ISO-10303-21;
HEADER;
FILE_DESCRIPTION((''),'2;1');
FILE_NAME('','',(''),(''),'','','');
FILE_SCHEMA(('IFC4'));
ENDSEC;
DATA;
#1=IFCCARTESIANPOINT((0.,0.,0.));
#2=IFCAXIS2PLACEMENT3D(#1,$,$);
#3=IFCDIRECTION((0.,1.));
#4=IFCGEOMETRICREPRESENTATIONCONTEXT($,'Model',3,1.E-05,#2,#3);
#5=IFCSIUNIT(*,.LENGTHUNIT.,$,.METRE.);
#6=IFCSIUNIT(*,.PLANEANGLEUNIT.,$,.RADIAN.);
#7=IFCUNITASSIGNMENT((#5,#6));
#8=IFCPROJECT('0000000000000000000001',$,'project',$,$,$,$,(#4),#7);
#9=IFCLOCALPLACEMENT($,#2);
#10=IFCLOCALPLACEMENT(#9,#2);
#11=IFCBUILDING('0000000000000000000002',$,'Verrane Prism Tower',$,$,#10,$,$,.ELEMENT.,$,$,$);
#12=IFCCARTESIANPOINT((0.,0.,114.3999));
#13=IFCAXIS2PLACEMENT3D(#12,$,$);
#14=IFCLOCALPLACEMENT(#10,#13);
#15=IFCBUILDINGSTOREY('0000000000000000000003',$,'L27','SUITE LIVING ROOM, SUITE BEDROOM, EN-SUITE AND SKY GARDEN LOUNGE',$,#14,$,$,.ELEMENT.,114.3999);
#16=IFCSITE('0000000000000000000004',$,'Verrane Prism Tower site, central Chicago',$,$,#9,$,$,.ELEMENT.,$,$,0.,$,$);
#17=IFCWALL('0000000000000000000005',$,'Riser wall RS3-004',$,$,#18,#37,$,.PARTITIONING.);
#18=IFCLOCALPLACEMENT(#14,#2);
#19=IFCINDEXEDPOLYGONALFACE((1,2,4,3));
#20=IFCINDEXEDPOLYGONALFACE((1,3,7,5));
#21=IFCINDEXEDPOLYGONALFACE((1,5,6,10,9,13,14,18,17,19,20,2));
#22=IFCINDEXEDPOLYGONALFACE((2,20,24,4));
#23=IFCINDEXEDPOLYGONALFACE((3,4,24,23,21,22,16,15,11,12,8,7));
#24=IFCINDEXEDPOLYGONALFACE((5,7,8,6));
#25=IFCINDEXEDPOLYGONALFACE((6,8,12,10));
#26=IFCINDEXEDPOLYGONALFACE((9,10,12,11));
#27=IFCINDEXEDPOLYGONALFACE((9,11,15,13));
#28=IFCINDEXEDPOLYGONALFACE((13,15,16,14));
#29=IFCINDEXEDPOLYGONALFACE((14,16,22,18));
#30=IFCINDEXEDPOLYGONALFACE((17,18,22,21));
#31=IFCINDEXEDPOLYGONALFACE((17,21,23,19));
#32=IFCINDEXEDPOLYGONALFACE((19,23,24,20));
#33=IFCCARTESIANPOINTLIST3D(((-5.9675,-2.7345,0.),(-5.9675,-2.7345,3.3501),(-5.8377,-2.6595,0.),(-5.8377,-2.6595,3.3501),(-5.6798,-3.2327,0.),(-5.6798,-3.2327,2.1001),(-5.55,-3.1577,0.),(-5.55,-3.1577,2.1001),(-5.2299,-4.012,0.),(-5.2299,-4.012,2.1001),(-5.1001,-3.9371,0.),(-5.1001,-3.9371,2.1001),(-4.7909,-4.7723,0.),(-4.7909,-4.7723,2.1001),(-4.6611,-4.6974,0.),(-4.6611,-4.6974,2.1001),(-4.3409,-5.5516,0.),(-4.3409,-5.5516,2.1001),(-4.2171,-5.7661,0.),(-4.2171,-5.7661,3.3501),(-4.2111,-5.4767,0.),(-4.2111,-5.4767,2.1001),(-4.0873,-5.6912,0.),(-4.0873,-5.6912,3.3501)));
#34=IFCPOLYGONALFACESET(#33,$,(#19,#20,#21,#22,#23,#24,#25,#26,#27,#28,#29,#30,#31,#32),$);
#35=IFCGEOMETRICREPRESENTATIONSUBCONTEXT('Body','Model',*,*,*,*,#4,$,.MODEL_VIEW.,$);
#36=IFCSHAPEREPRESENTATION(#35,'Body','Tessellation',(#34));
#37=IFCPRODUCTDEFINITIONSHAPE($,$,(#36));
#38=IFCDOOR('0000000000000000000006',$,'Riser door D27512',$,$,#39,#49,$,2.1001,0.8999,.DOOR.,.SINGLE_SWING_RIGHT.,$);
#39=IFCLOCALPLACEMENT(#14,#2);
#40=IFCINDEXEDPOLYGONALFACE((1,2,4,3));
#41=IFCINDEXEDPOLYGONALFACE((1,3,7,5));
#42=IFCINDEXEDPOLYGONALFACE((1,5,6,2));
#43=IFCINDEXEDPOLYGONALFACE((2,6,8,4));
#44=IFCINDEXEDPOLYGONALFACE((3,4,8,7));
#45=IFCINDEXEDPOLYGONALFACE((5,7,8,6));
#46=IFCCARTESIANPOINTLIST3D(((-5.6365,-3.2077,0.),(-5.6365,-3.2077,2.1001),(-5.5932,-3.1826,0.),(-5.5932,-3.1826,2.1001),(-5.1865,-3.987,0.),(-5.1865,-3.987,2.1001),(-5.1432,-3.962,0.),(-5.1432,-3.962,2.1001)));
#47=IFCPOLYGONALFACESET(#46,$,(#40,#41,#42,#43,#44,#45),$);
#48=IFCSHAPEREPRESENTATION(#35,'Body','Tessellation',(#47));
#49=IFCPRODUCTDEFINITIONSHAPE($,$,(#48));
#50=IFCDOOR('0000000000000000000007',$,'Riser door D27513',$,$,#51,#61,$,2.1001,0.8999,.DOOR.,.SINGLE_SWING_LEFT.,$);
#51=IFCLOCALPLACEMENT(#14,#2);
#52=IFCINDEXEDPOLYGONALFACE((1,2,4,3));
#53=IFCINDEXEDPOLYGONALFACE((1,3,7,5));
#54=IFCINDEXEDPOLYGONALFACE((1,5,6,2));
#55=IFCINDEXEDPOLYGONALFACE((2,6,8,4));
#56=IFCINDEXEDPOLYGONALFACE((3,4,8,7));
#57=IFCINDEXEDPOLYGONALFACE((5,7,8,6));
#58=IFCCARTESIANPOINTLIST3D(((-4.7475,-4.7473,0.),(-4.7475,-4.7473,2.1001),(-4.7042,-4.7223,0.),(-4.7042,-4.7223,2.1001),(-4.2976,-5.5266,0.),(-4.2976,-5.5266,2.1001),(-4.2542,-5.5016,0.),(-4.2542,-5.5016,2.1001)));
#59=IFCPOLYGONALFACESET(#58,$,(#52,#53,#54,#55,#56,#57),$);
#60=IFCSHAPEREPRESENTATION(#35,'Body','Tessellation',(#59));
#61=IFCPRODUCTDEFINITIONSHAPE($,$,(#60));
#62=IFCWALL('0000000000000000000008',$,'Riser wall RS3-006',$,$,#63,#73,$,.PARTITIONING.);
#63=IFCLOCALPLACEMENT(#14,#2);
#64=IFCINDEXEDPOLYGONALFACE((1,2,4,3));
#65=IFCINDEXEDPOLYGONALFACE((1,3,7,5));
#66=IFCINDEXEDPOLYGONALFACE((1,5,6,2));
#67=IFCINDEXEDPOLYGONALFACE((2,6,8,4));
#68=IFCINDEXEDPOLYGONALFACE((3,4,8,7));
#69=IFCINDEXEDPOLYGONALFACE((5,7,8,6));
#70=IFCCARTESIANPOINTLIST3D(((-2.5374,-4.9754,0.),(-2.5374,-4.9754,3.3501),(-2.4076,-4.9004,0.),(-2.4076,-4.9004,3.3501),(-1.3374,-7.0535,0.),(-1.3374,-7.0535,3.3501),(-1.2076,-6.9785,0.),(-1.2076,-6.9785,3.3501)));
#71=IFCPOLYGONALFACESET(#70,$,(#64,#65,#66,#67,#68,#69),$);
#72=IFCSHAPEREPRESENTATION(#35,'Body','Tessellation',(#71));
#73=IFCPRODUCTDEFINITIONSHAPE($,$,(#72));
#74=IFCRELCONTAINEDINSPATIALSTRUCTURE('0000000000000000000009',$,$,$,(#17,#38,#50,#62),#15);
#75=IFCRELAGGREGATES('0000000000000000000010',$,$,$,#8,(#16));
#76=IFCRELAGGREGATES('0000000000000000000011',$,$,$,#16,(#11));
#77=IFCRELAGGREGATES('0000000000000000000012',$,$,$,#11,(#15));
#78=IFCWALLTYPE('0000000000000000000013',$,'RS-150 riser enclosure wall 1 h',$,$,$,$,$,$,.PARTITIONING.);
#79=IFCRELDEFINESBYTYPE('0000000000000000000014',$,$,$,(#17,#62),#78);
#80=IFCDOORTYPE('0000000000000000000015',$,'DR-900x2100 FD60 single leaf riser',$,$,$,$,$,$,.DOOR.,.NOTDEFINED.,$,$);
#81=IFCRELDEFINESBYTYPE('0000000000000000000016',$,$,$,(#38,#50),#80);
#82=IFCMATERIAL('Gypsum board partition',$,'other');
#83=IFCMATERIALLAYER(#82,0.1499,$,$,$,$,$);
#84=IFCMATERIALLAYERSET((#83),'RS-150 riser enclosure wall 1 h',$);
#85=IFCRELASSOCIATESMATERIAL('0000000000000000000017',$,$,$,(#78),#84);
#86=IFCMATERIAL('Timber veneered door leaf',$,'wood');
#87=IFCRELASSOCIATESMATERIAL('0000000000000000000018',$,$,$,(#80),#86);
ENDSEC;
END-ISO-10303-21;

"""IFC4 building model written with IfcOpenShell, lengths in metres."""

from ifc_helpers import new_model, si_unit, direction, frame, frame_2d, origin, place, context, subcontext, project, spatial, rectangle, extrude, material, layer, layer_set, type_object, element, fill, save


model = new_model("IFC4")

# Units and contexts
model_context = context("Model", 3, precision=1e-05, world=origin(), true_north=direction((0.0, 1.0)))
body_context = subcontext(model_context, "Body", "Model", "MODEL_VIEW")
ifc_project = project(units=[si_unit("LENGTHUNIT", "METRE"), si_unit("PLANEANGLEUNIT", "RADIAN")], contexts=[model_context])

# Site, building, storey
site_placement = place(None, origin())
site = spatial("IfcSite", under=ifc_project, at=site_placement, Name="Verrane Prism Tower site, central Chicago", CompositionType="ELEMENT", RefElevation=0.0)
building_placement = place(site_placement, origin())
building = spatial("IfcBuilding", under=site, at=building_placement, Name="Verrane Prism Tower", CompositionType="ELEMENT")
storey_placement = place(building_placement, frame((0.0, 0.0, 114.3999)))
storey = spatial("IfcBuildingStorey", under=building, at=storey_placement, Name="L27", Description="SUITE LIVING ROOM, SUITE BEDROOM, EN-SUITE AND SKY GARDEN LOUNGE", CompositionType="ELEMENT", Elevation=114.3999)

# Shared definitions
ifc_material_1 = material(Name="Gypsum board partition", Category="other")
ifc_layer_1 = layer(ifc_material_1, 0.1499)
ifc_layer_set_1 = layer_set([ifc_layer_1], Name="RS-150 riser enclosure wall 1 h")
wall_type_1 = type_object("IfcWallType", Name="RS-150 riser enclosure wall 1 h", PredefinedType="PARTITIONING", material=ifc_layer_set_1)

# Wall, openings, doors
wall_1_placement = place(storey_placement, frame((-4.1521, -5.7288, 0.0), z_axis=(0.0, 0.0, 1.0), x_axis=(-0.500024, 0.866011, 0.0)))
wall_1 = element("IfcWall", 1, at=wall_1_placement, inside=storey, type_object=wall_type_1, Name="Riser wall RS3-004", PredefinedType="PARTITIONING", context=body_context, shape_type="SweptSolid", body=[
    extrude(rectangle(XDim=3.5007, YDim=0.1499, at=frame_2d((1.7505, 0.0))), origin(), (0.0, 0.0, 1.0), 3.3501),
])
opening_1_placement = place(wall_1_placement, frame((2.0256, 0.0, 0.0)))
opening_1 = element("IfcOpeningElement", 2, at=opening_1_placement, cuts=wall_1, PredefinedType="OPENING", context=body_context, shape_type="SweptSolid", body=[
    extrude(rectangle(XDim=0.8999, YDim=2.1001, at=frame_2d((0.45, 1.05))), frame((0.0, 0.085, 0.0), z_axis=(0.0, -1.0, 0.0), x_axis=(1.0, 0.0, 0.0)), (0.0, 0.0, 1.0), 0.1699),
])
opening_2_placement = place(wall_1_placement, frame((0.2478, 0.0, 0.0)))
opening_2 = element("IfcOpeningElement", 3, at=opening_2_placement, cuts=wall_1, PredefinedType="OPENING", context=body_context, shape_type="SweptSolid", body=[
    extrude(rectangle(XDim=0.8999, YDim=2.1001, at=frame_2d((0.45, 1.05))), frame((0.0, 0.085, 0.0), z_axis=(0.0, -1.0, 0.0), x_axis=(1.0, 0.0, 0.0)), (0.0, 0.0, 1.0), 0.1699),
])
ifc_material_2 = material(Name="Timber veneered door leaf", Category="wood")
door_type_1 = type_object("IfcDoorType", Name="DR-900x2100 FD60 single leaf riser", OperationType="NOTDEFINED", PredefinedType="DOOR", material=ifc_material_2)
door_1_placement = place(opening_1_placement, origin())
door_1 = element("IfcDoor", 4, at=door_1_placement, inside=storey, type_object=door_type_1, Name="Riser door D27512", OperationType="SINGLE_SWING_RIGHT", OverallHeight=2.1001, OverallWidth=0.8999, PredefinedType="DOOR", context=body_context, shape_type="SweptSolid", body=[
    extrude(rectangle(XDim=0.8999, YDim=2.1001, at=frame_2d((0.45, 1.05))), frame((0.0, 0.0249, 0.0), z_axis=(0.0, -1.0, 0.0), x_axis=(1.0, 0.0, 0.0)), (0.0, 0.0, 1.0), 0.05),
])
fill(opening_1, door_1)
door_2_placement = place(opening_2_placement, origin())
door_2 = element("IfcDoor", 5, at=door_2_placement, inside=storey, type_object=door_type_1, Name="Riser door D27513", OperationType="SINGLE_SWING_LEFT", OverallHeight=2.1001, OverallWidth=0.8999, PredefinedType="DOOR", context=body_context, shape_type="SweptSolid", body=[
    extrude(rectangle(XDim=0.8999, YDim=2.1001, at=frame_2d((0.45, 1.05))), frame((0.0, 0.0249, 0.0), z_axis=(0.0, -1.0, 0.0), x_axis=(1.0, 0.0, 0.0)), (0.0, 0.0, 1.0), 0.05),
])
fill(opening_2, door_2)

# Wall
wall_2_placement = place(storey_placement, frame((-2.4724, -4.938, 0.0), z_axis=(0.0, 0.0, 1.0), x_axis=(0.500045, -0.865999, 0.0)))
element("IfcWall", 6, at=wall_2_placement, inside=storey, type_object=wall_type_1, Name="Riser wall RS3-006", PredefinedType="PARTITIONING", context=body_context, shape_type="SweptSolid", body=[
    extrude(rectangle(XDim=2.3997, YDim=0.1499, at=frame_2d((1.1997, 0.0))), origin(), (0.0, 0.0, 1.0), 3.3501),
])

save(model, "model.ifc")
